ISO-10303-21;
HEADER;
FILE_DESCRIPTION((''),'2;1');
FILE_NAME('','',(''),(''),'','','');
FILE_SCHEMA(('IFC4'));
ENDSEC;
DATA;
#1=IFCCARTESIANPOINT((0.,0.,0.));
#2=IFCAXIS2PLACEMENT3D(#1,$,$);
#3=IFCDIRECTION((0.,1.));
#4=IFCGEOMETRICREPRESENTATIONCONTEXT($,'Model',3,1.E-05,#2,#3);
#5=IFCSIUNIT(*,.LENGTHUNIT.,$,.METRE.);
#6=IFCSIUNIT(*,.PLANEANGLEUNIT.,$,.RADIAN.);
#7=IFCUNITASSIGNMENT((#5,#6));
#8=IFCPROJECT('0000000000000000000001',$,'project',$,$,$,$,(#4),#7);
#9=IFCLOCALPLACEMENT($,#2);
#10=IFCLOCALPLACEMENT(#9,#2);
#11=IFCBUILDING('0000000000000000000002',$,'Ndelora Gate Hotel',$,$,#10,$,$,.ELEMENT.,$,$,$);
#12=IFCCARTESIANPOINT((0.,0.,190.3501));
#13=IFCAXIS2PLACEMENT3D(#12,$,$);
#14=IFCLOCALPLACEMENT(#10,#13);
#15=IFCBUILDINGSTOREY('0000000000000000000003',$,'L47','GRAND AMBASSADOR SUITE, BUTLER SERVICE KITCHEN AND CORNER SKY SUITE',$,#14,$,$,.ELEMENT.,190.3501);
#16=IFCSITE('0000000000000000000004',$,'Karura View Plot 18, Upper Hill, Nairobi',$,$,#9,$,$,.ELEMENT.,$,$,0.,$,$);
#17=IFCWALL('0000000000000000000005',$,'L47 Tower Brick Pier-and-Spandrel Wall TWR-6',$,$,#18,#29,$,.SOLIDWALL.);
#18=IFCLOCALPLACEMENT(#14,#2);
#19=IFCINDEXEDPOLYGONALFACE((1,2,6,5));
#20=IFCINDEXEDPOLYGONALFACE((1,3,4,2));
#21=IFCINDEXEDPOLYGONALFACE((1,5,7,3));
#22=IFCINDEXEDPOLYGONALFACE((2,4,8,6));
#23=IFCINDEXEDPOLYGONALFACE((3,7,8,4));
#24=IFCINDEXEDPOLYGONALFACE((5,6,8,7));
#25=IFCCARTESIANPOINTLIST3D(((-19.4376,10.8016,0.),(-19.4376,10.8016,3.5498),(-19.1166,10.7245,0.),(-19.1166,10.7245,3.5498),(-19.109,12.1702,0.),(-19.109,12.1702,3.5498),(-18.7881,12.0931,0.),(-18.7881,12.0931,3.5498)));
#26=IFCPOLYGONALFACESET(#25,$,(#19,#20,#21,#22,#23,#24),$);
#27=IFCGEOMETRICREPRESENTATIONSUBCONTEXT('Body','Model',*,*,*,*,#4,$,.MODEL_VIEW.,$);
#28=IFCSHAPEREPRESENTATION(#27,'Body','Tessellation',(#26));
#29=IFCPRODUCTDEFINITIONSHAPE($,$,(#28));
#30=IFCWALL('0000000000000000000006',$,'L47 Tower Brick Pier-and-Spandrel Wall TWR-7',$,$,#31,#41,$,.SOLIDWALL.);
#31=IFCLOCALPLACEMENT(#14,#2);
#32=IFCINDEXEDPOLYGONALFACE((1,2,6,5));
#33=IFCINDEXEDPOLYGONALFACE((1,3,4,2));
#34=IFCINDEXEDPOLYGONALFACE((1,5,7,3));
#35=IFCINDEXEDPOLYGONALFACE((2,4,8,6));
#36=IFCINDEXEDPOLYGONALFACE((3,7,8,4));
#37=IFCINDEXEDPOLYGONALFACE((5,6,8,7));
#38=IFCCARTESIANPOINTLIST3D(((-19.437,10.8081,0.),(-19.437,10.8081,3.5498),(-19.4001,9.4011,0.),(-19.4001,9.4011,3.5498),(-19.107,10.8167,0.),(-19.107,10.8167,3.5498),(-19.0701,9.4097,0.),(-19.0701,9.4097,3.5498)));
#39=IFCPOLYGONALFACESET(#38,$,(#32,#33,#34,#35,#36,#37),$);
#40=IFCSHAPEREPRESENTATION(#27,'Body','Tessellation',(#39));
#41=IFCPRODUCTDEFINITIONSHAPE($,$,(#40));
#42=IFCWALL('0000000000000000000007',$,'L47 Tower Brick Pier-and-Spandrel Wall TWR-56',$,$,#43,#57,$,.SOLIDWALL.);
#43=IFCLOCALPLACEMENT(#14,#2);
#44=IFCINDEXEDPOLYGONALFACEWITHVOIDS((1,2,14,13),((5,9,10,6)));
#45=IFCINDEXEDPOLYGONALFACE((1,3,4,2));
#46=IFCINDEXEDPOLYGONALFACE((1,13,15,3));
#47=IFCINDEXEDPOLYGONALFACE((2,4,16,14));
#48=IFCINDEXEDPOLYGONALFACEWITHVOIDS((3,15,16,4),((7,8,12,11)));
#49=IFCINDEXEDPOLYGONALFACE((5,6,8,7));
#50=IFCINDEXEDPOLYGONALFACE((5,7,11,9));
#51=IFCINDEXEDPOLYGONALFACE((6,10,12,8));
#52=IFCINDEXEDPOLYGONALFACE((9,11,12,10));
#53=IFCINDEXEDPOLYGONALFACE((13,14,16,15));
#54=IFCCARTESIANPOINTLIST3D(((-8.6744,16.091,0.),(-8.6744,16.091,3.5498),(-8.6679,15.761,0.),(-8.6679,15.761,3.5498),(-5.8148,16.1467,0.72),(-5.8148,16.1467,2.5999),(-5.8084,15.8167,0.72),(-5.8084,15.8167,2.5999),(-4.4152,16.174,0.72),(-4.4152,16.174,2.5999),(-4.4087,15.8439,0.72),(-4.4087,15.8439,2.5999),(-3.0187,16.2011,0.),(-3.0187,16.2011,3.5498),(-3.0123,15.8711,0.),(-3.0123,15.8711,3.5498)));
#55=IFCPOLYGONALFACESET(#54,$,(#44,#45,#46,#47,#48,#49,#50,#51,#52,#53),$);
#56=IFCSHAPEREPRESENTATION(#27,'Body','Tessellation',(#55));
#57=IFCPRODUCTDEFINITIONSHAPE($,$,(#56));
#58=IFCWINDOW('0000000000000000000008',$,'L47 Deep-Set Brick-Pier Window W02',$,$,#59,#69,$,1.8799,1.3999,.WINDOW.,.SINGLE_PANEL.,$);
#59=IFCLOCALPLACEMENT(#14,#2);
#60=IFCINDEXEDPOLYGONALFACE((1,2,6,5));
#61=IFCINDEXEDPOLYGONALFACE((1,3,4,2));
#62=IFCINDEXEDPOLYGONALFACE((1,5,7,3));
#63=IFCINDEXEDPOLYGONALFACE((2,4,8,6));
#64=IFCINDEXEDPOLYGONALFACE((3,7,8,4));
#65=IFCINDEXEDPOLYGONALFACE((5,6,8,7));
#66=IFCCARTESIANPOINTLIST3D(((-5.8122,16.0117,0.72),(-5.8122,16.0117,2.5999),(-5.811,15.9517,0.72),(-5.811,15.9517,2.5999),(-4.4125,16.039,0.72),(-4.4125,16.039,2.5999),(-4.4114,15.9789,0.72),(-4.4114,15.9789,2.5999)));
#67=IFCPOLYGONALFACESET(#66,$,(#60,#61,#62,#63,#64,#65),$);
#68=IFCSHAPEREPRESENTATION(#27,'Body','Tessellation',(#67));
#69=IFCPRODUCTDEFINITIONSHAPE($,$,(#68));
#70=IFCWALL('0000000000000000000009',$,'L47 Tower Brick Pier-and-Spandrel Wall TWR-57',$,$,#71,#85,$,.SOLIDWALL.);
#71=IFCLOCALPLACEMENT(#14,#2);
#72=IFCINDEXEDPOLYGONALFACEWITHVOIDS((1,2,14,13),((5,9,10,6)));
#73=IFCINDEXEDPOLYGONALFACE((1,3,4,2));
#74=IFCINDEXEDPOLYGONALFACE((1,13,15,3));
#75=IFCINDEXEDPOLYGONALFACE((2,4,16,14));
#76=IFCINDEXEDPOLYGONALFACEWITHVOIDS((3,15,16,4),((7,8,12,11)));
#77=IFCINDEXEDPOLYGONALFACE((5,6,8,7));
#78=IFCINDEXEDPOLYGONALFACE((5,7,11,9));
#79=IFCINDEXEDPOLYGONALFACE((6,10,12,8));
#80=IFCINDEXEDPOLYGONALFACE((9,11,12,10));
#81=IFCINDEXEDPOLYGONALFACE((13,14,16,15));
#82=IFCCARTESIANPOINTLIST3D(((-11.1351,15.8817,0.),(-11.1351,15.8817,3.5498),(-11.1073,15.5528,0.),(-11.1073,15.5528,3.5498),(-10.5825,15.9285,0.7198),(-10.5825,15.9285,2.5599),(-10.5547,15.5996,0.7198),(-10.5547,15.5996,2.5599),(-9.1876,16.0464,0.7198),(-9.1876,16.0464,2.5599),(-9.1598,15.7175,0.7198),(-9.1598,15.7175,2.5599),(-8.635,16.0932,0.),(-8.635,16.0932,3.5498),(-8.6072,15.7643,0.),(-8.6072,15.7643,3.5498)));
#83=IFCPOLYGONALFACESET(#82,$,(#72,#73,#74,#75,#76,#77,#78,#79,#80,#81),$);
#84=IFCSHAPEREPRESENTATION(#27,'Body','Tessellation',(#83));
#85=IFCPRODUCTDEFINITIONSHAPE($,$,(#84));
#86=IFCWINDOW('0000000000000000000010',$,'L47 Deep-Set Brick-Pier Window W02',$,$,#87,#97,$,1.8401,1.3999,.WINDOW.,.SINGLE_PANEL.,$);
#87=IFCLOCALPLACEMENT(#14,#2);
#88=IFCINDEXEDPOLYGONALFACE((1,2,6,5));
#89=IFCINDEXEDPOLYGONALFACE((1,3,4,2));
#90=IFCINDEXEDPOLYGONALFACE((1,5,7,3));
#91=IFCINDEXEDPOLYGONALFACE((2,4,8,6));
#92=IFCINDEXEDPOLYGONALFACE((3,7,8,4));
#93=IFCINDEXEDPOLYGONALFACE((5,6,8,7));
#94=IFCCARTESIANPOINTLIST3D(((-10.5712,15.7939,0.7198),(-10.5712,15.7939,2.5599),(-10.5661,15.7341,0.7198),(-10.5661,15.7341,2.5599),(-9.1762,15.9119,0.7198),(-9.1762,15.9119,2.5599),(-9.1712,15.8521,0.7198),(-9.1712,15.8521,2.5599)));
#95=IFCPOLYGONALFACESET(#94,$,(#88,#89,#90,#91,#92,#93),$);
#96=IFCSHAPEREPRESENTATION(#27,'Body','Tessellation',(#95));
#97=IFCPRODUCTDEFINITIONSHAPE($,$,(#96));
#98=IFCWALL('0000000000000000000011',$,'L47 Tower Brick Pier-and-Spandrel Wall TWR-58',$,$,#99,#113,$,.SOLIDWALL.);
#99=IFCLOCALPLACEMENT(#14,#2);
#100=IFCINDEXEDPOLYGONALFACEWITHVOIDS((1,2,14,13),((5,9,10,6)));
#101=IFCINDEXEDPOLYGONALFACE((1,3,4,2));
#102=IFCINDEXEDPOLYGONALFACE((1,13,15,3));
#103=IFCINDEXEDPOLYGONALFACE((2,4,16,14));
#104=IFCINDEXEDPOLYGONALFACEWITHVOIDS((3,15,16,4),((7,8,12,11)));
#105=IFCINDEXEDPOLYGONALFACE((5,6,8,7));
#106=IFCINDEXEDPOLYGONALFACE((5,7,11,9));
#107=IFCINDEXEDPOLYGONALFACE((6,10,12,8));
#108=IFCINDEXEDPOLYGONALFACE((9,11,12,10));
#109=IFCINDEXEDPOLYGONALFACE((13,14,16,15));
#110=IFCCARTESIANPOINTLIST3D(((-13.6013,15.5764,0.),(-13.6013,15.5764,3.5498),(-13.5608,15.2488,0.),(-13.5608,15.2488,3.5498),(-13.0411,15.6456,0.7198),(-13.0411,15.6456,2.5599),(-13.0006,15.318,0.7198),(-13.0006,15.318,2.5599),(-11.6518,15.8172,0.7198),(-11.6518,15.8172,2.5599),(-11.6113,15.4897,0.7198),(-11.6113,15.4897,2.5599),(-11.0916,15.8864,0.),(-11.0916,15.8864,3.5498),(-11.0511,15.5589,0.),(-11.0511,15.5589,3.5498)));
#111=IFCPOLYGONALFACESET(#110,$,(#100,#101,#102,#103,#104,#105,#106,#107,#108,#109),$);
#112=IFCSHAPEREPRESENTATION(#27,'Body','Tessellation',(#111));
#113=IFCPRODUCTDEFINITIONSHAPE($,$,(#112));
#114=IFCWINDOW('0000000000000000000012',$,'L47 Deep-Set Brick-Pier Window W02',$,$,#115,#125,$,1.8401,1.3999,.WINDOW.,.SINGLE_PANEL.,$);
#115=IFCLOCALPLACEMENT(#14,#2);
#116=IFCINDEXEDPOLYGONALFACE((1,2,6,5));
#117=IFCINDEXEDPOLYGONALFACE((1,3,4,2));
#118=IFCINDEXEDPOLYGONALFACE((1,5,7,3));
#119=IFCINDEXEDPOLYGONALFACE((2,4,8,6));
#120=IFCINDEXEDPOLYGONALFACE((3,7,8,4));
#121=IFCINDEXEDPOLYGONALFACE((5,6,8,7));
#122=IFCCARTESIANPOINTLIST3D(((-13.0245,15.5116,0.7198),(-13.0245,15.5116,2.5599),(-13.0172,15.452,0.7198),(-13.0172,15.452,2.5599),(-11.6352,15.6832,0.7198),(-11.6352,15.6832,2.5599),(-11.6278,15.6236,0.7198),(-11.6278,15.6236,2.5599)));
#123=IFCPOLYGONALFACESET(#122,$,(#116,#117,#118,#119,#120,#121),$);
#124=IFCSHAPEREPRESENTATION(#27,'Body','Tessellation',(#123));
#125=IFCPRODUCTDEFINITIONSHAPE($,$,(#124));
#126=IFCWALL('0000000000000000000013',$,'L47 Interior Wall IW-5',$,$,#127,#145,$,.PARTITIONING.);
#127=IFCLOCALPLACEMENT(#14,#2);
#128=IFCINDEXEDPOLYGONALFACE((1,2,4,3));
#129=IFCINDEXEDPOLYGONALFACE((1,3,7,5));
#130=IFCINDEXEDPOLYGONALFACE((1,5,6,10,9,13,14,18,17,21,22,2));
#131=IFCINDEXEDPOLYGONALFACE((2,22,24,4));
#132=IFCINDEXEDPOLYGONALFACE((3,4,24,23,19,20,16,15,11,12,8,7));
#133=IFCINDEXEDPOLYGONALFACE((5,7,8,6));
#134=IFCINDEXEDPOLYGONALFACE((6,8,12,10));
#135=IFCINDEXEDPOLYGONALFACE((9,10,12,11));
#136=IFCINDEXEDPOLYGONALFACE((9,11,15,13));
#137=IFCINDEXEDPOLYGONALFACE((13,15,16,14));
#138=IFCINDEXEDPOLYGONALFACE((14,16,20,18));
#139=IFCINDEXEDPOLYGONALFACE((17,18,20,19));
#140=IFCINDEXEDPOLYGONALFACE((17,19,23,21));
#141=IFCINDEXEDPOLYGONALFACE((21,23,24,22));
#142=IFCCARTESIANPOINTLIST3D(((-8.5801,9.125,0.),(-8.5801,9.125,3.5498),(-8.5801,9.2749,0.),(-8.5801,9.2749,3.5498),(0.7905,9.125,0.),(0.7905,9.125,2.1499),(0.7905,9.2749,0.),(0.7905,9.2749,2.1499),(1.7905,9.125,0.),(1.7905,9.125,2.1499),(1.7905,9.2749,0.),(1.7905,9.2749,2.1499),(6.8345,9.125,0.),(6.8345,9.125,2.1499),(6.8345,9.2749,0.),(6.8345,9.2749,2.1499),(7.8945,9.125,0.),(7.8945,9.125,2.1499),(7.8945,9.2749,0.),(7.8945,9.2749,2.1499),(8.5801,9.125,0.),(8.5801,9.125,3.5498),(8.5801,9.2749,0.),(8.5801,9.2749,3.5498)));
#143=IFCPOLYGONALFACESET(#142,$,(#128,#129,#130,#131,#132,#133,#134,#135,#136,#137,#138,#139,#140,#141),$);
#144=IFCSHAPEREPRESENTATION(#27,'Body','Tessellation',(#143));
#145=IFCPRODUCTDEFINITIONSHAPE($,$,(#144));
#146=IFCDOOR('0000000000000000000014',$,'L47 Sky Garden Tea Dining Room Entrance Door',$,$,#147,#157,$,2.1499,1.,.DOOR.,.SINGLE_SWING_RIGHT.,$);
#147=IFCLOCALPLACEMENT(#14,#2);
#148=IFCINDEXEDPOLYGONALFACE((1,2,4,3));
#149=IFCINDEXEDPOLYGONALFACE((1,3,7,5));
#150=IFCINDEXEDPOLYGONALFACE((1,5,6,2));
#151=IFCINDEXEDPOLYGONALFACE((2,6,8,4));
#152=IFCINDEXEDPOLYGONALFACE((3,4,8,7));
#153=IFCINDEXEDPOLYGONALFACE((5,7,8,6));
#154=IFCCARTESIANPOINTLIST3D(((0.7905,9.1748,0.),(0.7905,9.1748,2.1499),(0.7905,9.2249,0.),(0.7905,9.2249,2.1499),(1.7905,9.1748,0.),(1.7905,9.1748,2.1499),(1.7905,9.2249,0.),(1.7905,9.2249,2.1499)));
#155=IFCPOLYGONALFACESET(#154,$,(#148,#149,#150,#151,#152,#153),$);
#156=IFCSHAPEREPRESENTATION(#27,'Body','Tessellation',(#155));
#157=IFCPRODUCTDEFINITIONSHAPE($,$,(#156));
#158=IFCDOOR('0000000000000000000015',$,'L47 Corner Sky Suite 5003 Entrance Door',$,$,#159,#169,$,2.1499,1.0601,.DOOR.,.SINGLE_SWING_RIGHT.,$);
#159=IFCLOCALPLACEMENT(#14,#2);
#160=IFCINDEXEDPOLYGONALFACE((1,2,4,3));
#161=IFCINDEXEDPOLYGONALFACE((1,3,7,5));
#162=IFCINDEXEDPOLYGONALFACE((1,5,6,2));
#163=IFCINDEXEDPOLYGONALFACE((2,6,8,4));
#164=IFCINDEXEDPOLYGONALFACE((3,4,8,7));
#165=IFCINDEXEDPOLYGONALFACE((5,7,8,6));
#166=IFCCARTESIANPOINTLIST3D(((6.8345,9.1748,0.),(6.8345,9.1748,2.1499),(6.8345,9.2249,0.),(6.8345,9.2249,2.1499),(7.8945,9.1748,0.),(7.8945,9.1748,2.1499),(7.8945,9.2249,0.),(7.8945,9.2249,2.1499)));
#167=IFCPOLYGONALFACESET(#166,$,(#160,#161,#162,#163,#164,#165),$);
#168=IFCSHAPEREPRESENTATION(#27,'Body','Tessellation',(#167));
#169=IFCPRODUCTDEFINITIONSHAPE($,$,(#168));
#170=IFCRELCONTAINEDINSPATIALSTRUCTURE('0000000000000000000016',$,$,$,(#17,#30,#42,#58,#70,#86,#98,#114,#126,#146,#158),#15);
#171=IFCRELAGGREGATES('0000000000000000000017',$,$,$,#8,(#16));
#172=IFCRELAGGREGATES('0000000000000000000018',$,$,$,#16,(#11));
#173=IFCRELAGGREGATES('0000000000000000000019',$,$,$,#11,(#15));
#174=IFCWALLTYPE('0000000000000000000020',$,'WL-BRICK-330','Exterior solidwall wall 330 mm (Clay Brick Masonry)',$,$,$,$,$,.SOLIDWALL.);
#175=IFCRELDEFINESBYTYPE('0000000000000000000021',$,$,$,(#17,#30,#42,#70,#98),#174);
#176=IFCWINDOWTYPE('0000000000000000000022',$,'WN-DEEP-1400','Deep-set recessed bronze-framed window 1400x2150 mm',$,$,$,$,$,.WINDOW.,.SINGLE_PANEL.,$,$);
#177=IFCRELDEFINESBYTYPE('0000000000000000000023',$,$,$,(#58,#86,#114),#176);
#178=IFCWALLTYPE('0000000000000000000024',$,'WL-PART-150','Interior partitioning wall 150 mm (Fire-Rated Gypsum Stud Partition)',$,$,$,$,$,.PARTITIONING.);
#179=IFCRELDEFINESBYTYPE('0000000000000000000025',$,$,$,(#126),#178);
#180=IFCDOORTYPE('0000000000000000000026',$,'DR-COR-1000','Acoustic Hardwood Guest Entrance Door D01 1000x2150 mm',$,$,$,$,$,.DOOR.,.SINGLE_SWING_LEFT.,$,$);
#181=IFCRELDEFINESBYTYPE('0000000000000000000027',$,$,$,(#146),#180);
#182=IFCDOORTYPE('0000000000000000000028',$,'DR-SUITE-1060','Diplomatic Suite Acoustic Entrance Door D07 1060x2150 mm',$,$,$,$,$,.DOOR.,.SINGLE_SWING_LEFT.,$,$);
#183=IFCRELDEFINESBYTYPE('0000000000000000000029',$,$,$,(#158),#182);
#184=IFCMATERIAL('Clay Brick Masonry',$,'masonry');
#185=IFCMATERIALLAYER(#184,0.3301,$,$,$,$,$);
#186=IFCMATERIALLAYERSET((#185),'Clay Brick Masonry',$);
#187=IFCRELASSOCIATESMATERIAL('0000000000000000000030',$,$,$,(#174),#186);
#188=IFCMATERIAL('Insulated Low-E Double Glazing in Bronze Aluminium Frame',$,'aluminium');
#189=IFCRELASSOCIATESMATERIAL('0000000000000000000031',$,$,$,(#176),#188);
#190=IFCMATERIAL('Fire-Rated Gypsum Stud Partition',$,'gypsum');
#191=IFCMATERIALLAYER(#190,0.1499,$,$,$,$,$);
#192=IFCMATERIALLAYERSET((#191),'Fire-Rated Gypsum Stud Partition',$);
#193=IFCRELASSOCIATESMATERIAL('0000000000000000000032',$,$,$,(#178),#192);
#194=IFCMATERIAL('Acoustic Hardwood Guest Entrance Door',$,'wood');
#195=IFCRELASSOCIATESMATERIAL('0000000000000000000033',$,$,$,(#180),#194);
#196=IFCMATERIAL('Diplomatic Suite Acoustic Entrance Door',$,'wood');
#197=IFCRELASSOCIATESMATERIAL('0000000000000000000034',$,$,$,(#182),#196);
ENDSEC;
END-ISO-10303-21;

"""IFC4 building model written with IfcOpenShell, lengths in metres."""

from ifc_helpers import new_model, si_unit, direction, frame, frame_2d, origin, place, context, subcontext, project, spatial, rectangle, extrude, material, layer, layer_set, type_object, element, fill, save


model = new_model("IFC4")

# Units and contexts
model_context = context("Model", 3, precision=1e-05, world=origin(), true_north=direction((0.0, 1.0)))
body_context = subcontext(model_context, "Body", "Model", "MODEL_VIEW")
ifc_project = project(units=[si_unit("LENGTHUNIT", "METRE"), si_unit("PLANEANGLEUNIT", "RADIAN")], contexts=[model_context])

# Site, building, storey
site_placement = place(None, origin())
site = spatial("IfcSite", under=ifc_project, at=site_placement, Name="Karura View Plot 18, Upper Hill, Nairobi", CompositionType="ELEMENT", RefElevation=0.0)
building_placement = place(site_placement, origin())
building = spatial("IfcBuilding", under=site, at=building_placement, Name="Ndelora Gate Hotel", CompositionType="ELEMENT")
storey_placement = place(building_placement, frame((0.0, 0.0, 190.3501)))
storey = spatial("IfcBuildingStorey", under=building, at=storey_placement, Name="L47", Description="GRAND AMBASSADOR SUITE, BUTLER SERVICE KITCHEN AND CORNER SKY SUITE", CompositionType="ELEMENT", Elevation=190.3501)

# Walls
ifc_material_1 = material(Name="Clay Brick Masonry", Category="masonry")
ifc_layer_1 = layer(ifc_material_1, 0.3301)
ifc_layer_set_1 = layer_set([ifc_layer_1], Name="Clay Brick Masonry")
wall_type_1 = type_object("IfcWallType", Name="WL-BRICK-330", Description="Exterior solidwall wall 330 mm (Clay Brick Masonry)", PredefinedType="SOLIDWALL", material=ifc_layer_set_1)
for number, where, z_axis, x_axis, name in (
    (1, (-19.2771, 10.7632, 0.0), (0.0, 0.0, 1.0), (0.233465, 0.972365, 0.0), "L47 Tower Brick Pier-and-Spandrel Wall TWR-6"),
    (2, (-19.2351, 9.4055, 0.0), (0.0, 0.0, 1.0), (-0.026193, 0.999657, 0.0), "L47 Tower Brick Pier-and-Spandrel Wall TWR-7"),
):
    element("IfcWall", number, at=place(storey_placement, frame(where, z_axis=z_axis, x_axis=x_axis)), inside=storey, type_object=wall_type_1, Name=name, PredefinedType="SOLIDWALL", context=body_context, shape_type="SweptSolid", body=[
        extrude(rectangle(XDim=1.4075, YDim=0.3301, at=frame_2d((0.7036, 0.0))), origin(), (0.0, 0.0, 1.0), 3.5498),
    ])

# Walls, openings, windows
wall_1_placement = place(storey_placement, frame((-8.6711, 15.926, 0.0), z_axis=(0.0, 0.0, 1.0), x_axis=(0.999811, 0.019464, 0.0)))
wall_1 = element("IfcWall", 3, at=wall_1_placement, inside=storey, type_object=wall_type_1, Name="L47 Tower Brick Pier-and-Spandrel Wall TWR-56", PredefinedType="SOLIDWALL", context=body_context, shape_type="SweptSolid", body=[
    extrude(rectangle(XDim=5.6567, YDim=0.3301, at=frame_2d((2.8284, 0.0))), origin(), (0.0, 0.0, 1.0), 3.5498),
])
opening_1_placement = place(wall_1_placement, frame((2.8601, 0.0, 0.72)))
opening_1 = element("IfcOpeningElement", 4, at=opening_1_placement, cuts=wall_1, PredefinedType="OPENING", context=body_context, shape_type="SweptSolid", body=[
    extrude(rectangle(XDim=1.3999, YDim=1.8799, at=frame_2d((0.7, 0.9399))), frame((0.0, 0.175, 0.0), z_axis=(0.0, -1.0, 0.0), x_axis=(1.0, 0.0, 0.0)), (0.0, 0.0, 1.0), 0.3501),
])
ifc_material_2 = material(Name="Insulated Low-E Double Glazing in Bronze Aluminium Frame", Category="aluminium")
window_type = type_object("IfcWindowType", Name="WN-DEEP-1400", Description="Deep-set recessed bronze-framed window 1400x2150 mm", PartitioningType="SINGLE_PANEL", PredefinedType="WINDOW", material=ifc_material_2)
window_1_placement = place(opening_1_placement, origin())
window_1 = element("IfcWindow", 5, at=window_1_placement, inside=storey, type_object=window_type, Name="L47 Deep-Set Brick-Pier Window W02", OverallHeight=1.8799, OverallWidth=1.3999, PartitioningType="SINGLE_PANEL", PredefinedType="WINDOW", context=body_context, shape_type="SweptSolid", body=[
    extrude(rectangle(XDim=1.3999, YDim=1.8799, at=frame_2d((0.7, 0.9399))), frame((0.0, 0.03, 0.0), z_axis=(0.0, -1.0, 0.0), x_axis=(1.0, 0.0, 0.0)), (0.0, 0.0, 1.0), 0.0601),
])
fill(opening_1, window_1)
wall_2_placement = place(storey_placement, frame((-11.1211, 15.7173, 0.0), z_axis=(0.0, 0.0, 1.0), x_axis=(0.996443, 0.084269, 0.0)))
wall_2 = element("IfcWall", 6, at=wall_2_placement, inside=storey, type_object=wall_type_1, Name="L47 Tower Brick Pier-and-Spandrel Wall TWR-57", PredefinedType="SOLIDWALL", context=body_context, shape_type="SweptSolid", body=[
    extrude(rectangle(XDim=2.509, YDim=0.3301, at=frame_2d((1.2544, 0.0))), origin(), (0.0, 0.0, 1.0), 3.5498),
])
opening_2_placement = place(wall_2_placement, frame((0.5544, 0.0, 0.72)))
opening_2 = element("IfcOpeningElement", 7, at=opening_2_placement, cuts=wall_2, PredefinedType="OPENING", context=body_context, shape_type="SweptSolid", body=[
    extrude(rectangle(XDim=1.3999, YDim=1.8401, at=frame_2d((0.7, 0.9199))), frame((0.0, 0.175, 0.0), z_axis=(0.0, -1.0, 0.0), x_axis=(1.0, 0.0, 0.0)), (0.0, 0.0, 1.0), 0.3501),
])
window_2_placement = place(opening_2_placement, origin())
window_2 = element("IfcWindow", 8, at=window_2_placement, inside=storey, type_object=window_type, Name="L47 Deep-Set Brick-Pier Window W02", OverallHeight=1.8401, OverallWidth=1.3999, PartitioningType="SINGLE_PANEL", PredefinedType="WINDOW", context=body_context, shape_type="SweptSolid", body=[
    extrude(rectangle(XDim=1.3999, YDim=1.8401, at=frame_2d((0.7, 0.9199))), frame((0.0, 0.03, 0.0), z_axis=(0.0, -1.0, 0.0), x_axis=(1.0, 0.0, 0.0)), (0.0, 0.0, 1.0), 0.0601),
])
fill(opening_2, window_2)
wall_3_placement = place(storey_placement, frame((-13.5811, 15.4126, 0.0), z_axis=(0.0, 0.0, 1.0), x_axis=(0.992455, 0.122609, 0.0)))
wall_3 = element("IfcWall", 9, at=wall_3_placement, inside=storey, type_object=wall_type_1, Name="L47 Tower Brick Pier-and-Spandrel Wall TWR-58", PredefinedType="SOLIDWALL", context=body_context, shape_type="SweptSolid", body=[
    extrude(rectangle(XDim=2.5288, YDim=0.3301, at=frame_2d((1.2644, 0.0))), origin(), (0.0, 0.0, 1.0), 3.5498),
])
opening_3_placement = place(wall_3_placement, frame((0.5645, 0.0, 0.72)))
opening_3 = element("IfcOpeningElement", 10, at=opening_3_placement, cuts=wall_3, PredefinedType="OPENING", context=body_context, shape_type="SweptSolid", body=[
    extrude(rectangle(XDim=1.3999, YDim=1.8401, at=frame_2d((0.7, 0.9199))), frame((0.0, 0.175, 0.0), z_axis=(0.0, -1.0, 0.0), x_axis=(1.0, 0.0, 0.0)), (0.0, 0.0, 1.0), 0.3501),
])
window_3_placement = place(opening_3_placement, origin())
window_3 = element("IfcWindow", 11, at=window_3_placement, inside=storey, type_object=window_type, Name="L47 Deep-Set Brick-Pier Window W02", OverallHeight=1.8401, OverallWidth=1.3999, PartitioningType="SINGLE_PANEL", PredefinedType="WINDOW", context=body_context, shape_type="SweptSolid", body=[
    extrude(rectangle(XDim=1.3999, YDim=1.8401, at=frame_2d((0.7, 0.9199))), frame((0.0, 0.03, 0.0), z_axis=(0.0, -1.0, 0.0), x_axis=(1.0, 0.0, 0.0)), (0.0, 0.0, 1.0), 0.0601),
])
fill(opening_3, window_3)

# Wall, openings, doors
ifc_material_3 = material(Name="Fire-Rated Gypsum Stud Partition", Category="gypsum")
ifc_layer_2 = layer(ifc_material_3, 0.1499)
ifc_layer_set_2 = layer_set([ifc_layer_2], Name="Fire-Rated Gypsum Stud Partition")
wall_type_2 = type_object("IfcWallType", Name="WL-PART-150", Description="Interior partitioning wall 150 mm (Fire-Rated Gypsum Stud Partition)", PredefinedType="PARTITIONING", material=ifc_layer_set_2)
wall_4_placement = place(storey_placement, frame((-8.5801, 9.2, 0.0), z_axis=(0.0, 0.0, 1.0), x_axis=(1.0, 0.0, 0.0)))
wall_4 = element("IfcWall", 12, at=wall_4_placement, inside=storey, type_object=wall_type_2, Name="L47 Interior Wall IW-5", PredefinedType="PARTITIONING", context=body_context, shape_type="SweptSolid", body=[
    extrude(rectangle(XDim=17.1602, YDim=0.1499, at=frame_2d((8.5801, 0.0))), origin(), (0.0, 0.0, 1.0), 3.5498),
])
opening_4_placement = place(wall_4_placement, frame((9.3706, 0.0, 0.0)))
opening_4 = element("IfcOpeningElement", 13, at=opening_4_placement, cuts=wall_4, PredefinedType="OPENING", context=body_context, shape_type="SweptSolid", body=[
    extrude(rectangle(XDim=1.0, YDim=2.1499, at=frame_2d((0.5, 1.075))), frame((0.0, 0.085, 0.0), z_axis=(0.0, -1.0, 0.0), x_axis=(1.0, 0.0, 0.0)), (0.0, 0.0, 1.0), 0.1699),
])
opening_5_placement = place(wall_4_placement, frame((15.4146, 0.0, 0.0)))
opening_5 = element("IfcOpeningElement", 14, at=opening_5_placement, cuts=wall_4, PredefinedType="OPENING", context=body_context, shape_type="SweptSolid", body=[
    extrude(rectangle(XDim=1.0601, YDim=2.1499, at=frame_2d((0.53, 1.075))), frame((0.0, 0.085, 0.0), z_axis=(0.0, -1.0, 0.0), x_axis=(1.0, 0.0, 0.0)), (0.0, 0.0, 1.0), 0.1699),
])
ifc_material_4 = material(Name="Acoustic Hardwood Guest Entrance Door", Category="wood")
door_type_1 = type_object("IfcDoorType", Name="DR-COR-1000", Description="Acoustic Hardwood Guest Entrance Door D01 1000x2150 mm", OperationType="SINGLE_SWING_LEFT", PredefinedType="DOOR", material=ifc_material_4)
door_1_placement = place(opening_4_placement, origin())
door_1 = element("IfcDoor", 15, at=door_1_placement, inside=storey, type_object=door_type_1, Name="L47 Sky Garden Tea Dining Room Entrance Door", OperationType="SINGLE_SWING_RIGHT", OverallHeight=2.1499, OverallWidth=1.0, PredefinedType="DOOR", context=body_context, shape_type="SweptSolid", body=[
    extrude(rectangle(XDim=1.0, YDim=2.1499, at=frame_2d((0.5, 1.075))), frame((0.0, 0.0249, 0.0), z_axis=(0.0, -1.0, 0.0), x_axis=(1.0, 0.0, 0.0)), (0.0, 0.0, 1.0), 0.05),
])
fill(opening_4, door_1)
ifc_material_5 = material(Name="Diplomatic Suite Acoustic Entrance Door", Category="wood")
door_type_2 = type_object("IfcDoorType", Name="DR-SUITE-1060", Description="Diplomatic Suite Acoustic Entrance Door D07 1060x2150 mm", OperationType="SINGLE_SWING_LEFT", PredefinedType="DOOR", material=ifc_material_5)
door_2_placement = place(opening_5_placement, origin())
door_2 = element("IfcDoor", 16, at=door_2_placement, inside=storey, type_object=door_type_2, Name="L47 Corner Sky Suite 5003 Entrance Door", OperationType="SINGLE_SWING_RIGHT", OverallHeight=2.1499, OverallWidth=1.0601, PredefinedType="DOOR", context=body_context, shape_type="SweptSolid", body=[
    extrude(rectangle(XDim=1.0601, YDim=2.1499, at=frame_2d((0.53, 1.075))), frame((0.0, 0.0249, 0.0), z_axis=(0.0, -1.0, 0.0), x_axis=(1.0, 0.0, 0.0)), (0.0, 0.0, 1.0), 0.05),
])
fill(opening_5, door_2)

save(model, "model.ifc")
